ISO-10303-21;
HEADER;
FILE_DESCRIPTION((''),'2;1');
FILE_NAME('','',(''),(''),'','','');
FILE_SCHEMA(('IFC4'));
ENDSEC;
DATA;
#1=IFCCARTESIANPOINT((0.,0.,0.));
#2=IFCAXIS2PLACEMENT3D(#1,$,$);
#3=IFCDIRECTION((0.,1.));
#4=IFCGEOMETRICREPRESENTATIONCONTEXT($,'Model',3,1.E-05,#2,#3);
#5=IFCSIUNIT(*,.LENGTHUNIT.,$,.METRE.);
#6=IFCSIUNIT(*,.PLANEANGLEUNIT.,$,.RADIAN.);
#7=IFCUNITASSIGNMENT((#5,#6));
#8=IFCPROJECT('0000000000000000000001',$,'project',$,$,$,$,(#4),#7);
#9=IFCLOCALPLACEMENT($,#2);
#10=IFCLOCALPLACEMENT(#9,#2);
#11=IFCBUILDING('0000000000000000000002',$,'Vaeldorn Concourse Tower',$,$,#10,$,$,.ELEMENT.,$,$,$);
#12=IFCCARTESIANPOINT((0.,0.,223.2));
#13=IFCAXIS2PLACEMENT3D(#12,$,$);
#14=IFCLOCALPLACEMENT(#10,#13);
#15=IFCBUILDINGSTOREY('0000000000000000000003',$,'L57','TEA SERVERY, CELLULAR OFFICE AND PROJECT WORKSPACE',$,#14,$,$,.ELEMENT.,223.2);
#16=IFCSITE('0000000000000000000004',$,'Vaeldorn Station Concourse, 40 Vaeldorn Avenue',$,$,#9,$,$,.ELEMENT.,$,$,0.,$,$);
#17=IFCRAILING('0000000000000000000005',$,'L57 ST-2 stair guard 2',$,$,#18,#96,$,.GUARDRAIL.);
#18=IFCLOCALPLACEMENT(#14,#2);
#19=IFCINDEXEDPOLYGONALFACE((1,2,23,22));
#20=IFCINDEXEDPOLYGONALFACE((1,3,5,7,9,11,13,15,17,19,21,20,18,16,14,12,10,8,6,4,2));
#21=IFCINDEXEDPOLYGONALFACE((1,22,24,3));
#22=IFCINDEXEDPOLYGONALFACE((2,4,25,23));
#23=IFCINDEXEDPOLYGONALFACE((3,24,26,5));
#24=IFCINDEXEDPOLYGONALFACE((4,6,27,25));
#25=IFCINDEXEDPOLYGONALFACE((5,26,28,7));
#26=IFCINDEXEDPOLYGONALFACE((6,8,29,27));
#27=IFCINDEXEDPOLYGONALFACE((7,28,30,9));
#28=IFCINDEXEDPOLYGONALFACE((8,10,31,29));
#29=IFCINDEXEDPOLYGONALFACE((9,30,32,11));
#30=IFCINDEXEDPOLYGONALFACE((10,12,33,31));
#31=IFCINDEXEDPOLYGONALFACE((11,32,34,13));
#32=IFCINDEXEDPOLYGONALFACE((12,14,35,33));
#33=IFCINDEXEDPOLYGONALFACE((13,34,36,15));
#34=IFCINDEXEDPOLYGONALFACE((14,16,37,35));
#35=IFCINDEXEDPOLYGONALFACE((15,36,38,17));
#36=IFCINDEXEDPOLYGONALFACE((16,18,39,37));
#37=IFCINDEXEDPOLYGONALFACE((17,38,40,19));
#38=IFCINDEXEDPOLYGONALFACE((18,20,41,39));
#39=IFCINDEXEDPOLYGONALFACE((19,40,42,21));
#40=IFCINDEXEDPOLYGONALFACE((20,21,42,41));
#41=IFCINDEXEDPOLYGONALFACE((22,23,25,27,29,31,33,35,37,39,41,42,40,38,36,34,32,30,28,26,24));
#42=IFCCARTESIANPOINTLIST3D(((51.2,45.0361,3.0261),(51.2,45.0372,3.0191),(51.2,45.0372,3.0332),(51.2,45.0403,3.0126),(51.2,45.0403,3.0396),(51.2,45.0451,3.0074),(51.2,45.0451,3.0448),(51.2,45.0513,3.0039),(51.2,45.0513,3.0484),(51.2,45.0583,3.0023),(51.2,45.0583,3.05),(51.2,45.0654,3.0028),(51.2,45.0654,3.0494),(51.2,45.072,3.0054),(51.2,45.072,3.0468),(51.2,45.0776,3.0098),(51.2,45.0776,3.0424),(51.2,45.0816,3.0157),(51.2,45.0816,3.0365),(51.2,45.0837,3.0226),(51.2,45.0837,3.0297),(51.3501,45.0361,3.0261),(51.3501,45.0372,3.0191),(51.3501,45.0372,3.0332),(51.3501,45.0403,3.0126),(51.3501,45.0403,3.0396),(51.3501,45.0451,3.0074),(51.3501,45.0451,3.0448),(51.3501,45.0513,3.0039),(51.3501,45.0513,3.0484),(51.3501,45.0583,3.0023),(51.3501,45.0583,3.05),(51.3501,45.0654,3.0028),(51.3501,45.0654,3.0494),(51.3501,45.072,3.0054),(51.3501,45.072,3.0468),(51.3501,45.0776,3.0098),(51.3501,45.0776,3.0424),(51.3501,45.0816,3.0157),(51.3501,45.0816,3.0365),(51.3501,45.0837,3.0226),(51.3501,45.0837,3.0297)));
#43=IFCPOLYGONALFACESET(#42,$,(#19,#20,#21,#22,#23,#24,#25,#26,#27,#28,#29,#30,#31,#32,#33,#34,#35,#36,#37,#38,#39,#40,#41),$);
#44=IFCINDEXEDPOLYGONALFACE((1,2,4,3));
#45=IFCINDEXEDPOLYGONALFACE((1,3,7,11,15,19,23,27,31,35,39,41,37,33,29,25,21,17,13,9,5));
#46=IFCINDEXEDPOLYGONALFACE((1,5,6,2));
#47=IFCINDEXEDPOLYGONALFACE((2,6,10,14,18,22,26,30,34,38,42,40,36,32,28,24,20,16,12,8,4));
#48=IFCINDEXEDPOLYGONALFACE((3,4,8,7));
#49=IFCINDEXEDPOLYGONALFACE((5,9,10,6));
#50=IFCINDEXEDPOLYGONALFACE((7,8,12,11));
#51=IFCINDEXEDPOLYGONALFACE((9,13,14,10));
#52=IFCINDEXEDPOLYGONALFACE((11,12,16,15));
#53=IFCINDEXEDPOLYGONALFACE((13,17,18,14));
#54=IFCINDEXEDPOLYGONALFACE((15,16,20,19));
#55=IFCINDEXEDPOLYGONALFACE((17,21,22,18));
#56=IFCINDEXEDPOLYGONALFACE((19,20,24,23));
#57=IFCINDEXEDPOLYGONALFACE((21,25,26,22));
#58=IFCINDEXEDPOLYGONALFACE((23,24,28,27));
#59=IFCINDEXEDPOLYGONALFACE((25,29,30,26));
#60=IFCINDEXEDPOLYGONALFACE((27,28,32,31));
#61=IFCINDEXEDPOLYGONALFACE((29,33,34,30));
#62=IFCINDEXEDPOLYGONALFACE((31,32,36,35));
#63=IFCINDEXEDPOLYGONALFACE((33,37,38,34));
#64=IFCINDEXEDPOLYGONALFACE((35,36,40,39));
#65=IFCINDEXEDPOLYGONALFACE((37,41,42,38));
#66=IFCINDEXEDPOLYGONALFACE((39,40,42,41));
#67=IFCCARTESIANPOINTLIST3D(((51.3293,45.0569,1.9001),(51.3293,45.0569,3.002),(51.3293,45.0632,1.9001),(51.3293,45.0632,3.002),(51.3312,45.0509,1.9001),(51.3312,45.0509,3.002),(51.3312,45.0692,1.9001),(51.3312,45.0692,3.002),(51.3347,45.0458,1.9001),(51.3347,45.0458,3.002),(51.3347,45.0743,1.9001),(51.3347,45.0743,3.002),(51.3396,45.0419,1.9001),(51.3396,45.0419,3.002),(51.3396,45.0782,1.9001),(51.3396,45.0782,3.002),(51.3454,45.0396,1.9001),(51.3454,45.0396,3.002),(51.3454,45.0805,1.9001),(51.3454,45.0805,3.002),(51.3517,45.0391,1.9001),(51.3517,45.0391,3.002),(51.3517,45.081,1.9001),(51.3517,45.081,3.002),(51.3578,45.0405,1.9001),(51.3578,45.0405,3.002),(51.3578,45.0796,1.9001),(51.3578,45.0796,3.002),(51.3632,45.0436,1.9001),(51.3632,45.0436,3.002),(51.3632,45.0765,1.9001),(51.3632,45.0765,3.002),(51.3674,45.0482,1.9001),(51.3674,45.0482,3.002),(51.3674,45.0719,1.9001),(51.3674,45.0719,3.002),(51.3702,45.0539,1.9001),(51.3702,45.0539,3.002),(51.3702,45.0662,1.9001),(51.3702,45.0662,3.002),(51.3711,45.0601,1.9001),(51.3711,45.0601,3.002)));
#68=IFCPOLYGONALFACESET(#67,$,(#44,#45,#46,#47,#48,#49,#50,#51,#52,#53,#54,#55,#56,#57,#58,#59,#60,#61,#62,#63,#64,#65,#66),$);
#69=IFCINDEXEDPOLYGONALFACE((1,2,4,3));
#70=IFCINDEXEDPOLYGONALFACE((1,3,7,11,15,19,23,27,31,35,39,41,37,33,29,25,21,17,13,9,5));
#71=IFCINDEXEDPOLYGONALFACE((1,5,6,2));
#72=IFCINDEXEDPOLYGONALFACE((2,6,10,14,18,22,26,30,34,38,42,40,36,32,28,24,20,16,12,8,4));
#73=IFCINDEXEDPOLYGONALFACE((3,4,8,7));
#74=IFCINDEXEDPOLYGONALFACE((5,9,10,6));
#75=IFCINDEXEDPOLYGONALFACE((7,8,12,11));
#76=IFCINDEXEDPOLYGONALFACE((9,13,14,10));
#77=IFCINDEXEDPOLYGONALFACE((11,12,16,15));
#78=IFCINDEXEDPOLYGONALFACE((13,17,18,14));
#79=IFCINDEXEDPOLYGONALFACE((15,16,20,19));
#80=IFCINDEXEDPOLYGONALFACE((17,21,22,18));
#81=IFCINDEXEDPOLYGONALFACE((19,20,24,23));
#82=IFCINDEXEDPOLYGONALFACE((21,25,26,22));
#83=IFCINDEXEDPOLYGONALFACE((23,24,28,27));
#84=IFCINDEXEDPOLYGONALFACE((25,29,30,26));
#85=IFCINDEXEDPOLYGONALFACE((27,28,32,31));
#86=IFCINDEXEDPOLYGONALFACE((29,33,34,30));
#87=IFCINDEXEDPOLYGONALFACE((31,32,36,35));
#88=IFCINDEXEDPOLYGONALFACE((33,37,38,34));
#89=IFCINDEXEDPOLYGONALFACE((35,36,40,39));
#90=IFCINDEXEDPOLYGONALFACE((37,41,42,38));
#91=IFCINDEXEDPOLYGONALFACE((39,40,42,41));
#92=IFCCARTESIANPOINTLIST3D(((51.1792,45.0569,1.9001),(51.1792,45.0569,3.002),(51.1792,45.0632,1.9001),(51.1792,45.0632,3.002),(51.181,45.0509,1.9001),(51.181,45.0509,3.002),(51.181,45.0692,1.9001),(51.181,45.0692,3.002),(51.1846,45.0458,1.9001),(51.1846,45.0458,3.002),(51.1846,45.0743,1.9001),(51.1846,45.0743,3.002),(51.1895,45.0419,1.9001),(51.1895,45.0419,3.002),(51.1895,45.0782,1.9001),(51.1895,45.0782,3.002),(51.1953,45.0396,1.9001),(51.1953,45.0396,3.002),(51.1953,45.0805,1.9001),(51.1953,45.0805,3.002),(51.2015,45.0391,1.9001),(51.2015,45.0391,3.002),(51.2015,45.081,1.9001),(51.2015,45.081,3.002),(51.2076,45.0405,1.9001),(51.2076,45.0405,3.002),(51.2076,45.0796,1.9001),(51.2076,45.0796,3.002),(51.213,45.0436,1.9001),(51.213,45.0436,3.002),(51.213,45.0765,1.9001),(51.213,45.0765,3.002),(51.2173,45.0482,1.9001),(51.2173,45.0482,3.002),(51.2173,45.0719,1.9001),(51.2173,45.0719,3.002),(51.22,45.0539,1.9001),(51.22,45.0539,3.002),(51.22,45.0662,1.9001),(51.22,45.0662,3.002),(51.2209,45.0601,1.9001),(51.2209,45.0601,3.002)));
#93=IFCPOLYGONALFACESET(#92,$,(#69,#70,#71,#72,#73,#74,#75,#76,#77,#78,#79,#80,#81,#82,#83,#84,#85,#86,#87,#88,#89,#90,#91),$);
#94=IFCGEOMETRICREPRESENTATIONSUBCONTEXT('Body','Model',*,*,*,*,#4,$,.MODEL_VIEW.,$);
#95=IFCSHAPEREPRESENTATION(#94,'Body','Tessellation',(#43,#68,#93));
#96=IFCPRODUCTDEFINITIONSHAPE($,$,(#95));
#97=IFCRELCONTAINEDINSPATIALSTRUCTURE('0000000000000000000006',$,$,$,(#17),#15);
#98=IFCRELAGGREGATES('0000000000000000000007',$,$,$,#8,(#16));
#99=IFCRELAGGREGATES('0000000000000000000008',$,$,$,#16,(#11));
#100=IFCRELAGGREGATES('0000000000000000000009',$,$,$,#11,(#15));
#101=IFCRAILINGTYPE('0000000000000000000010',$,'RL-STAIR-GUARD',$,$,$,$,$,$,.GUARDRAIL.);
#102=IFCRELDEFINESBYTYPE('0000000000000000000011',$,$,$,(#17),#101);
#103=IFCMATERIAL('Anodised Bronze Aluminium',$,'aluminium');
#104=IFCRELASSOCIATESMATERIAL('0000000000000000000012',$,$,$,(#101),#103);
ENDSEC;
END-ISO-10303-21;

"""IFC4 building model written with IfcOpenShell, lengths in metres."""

from ifc_helpers import new_model, si_unit, direction, frame, origin, origin_2d, place, context, subcontext, project, spatial, circle, extrude, material, type_object, element, save


model = new_model("IFC4")

# Units and contexts
model_context = context("Model", 3, precision=1e-05, world=origin(), true_north=direction((0.0, 1.0)))
body_context = subcontext(model_context, "Body", "Model", "MODEL_VIEW")
ifc_project = project(units=[si_unit("LENGTHUNIT", "METRE"), si_unit("PLANEANGLEUNIT", "RADIAN")], contexts=[model_context])

# Site, building, storey
site_placement = place(None, origin())
site = spatial("IfcSite", under=ifc_project, at=site_placement, Name="Vaeldorn Station Concourse, 40 Vaeldorn Avenue", CompositionType="ELEMENT", RefElevation=0.0)
building_placement = place(site_placement, origin())
building = spatial("IfcBuilding", under=site, at=building_placement, Name="Vaeldorn Concourse Tower", CompositionType="ELEMENT")
storey_placement = place(building_placement, frame((0.0, 0.0, 223.2)))
storey = spatial("IfcBuildingStorey", under=building, at=storey_placement, Name="L57", Description="TEA SERVERY, CELLULAR OFFICE AND PROJECT WORKSPACE", CompositionType="ELEMENT", Elevation=223.2)

# Shared definitions
ifc_material_1 = material(Name="Anodised Bronze Aluminium", Category="aluminium")

# Railing
railing_type = type_object("IfcRailingType", Name="RL-STAIR-GUARD", PredefinedType="GUARDRAIL", material=ifc_material_1)
railing_1_placement = place(storey_placement, frame((51.3501, 45.0601, 1.9001)))
element("IfcRailing", 1, at=railing_1_placement, inside=storey, type_object=railing_type, Name="L57 ST-2 stair guard 2", PredefinedType="GUARDRAIL", context=body_context, shape_type="SweptSolid", body=[
    extrude(circle(Radius=0.0239, at=origin_2d()), frame((0.0, 0.0, 1.126), z_axis=(-1.0, 0.0, 0.0), x_axis=(0.0, -1.0, 0.0)), (0.0, 0.0, 1.0), 0.1501),
    extrude(circle(Radius=0.021, at=origin_2d()), origin(), (0.0, 0.0, 1.0), 1.1018),
    extrude(circle(Radius=0.021, at=origin_2d()), frame((-0.1501, 0.0, 0.0)), (0.0, 0.0, 1.0), 1.1018),
])

save(model, "model.ifc")
